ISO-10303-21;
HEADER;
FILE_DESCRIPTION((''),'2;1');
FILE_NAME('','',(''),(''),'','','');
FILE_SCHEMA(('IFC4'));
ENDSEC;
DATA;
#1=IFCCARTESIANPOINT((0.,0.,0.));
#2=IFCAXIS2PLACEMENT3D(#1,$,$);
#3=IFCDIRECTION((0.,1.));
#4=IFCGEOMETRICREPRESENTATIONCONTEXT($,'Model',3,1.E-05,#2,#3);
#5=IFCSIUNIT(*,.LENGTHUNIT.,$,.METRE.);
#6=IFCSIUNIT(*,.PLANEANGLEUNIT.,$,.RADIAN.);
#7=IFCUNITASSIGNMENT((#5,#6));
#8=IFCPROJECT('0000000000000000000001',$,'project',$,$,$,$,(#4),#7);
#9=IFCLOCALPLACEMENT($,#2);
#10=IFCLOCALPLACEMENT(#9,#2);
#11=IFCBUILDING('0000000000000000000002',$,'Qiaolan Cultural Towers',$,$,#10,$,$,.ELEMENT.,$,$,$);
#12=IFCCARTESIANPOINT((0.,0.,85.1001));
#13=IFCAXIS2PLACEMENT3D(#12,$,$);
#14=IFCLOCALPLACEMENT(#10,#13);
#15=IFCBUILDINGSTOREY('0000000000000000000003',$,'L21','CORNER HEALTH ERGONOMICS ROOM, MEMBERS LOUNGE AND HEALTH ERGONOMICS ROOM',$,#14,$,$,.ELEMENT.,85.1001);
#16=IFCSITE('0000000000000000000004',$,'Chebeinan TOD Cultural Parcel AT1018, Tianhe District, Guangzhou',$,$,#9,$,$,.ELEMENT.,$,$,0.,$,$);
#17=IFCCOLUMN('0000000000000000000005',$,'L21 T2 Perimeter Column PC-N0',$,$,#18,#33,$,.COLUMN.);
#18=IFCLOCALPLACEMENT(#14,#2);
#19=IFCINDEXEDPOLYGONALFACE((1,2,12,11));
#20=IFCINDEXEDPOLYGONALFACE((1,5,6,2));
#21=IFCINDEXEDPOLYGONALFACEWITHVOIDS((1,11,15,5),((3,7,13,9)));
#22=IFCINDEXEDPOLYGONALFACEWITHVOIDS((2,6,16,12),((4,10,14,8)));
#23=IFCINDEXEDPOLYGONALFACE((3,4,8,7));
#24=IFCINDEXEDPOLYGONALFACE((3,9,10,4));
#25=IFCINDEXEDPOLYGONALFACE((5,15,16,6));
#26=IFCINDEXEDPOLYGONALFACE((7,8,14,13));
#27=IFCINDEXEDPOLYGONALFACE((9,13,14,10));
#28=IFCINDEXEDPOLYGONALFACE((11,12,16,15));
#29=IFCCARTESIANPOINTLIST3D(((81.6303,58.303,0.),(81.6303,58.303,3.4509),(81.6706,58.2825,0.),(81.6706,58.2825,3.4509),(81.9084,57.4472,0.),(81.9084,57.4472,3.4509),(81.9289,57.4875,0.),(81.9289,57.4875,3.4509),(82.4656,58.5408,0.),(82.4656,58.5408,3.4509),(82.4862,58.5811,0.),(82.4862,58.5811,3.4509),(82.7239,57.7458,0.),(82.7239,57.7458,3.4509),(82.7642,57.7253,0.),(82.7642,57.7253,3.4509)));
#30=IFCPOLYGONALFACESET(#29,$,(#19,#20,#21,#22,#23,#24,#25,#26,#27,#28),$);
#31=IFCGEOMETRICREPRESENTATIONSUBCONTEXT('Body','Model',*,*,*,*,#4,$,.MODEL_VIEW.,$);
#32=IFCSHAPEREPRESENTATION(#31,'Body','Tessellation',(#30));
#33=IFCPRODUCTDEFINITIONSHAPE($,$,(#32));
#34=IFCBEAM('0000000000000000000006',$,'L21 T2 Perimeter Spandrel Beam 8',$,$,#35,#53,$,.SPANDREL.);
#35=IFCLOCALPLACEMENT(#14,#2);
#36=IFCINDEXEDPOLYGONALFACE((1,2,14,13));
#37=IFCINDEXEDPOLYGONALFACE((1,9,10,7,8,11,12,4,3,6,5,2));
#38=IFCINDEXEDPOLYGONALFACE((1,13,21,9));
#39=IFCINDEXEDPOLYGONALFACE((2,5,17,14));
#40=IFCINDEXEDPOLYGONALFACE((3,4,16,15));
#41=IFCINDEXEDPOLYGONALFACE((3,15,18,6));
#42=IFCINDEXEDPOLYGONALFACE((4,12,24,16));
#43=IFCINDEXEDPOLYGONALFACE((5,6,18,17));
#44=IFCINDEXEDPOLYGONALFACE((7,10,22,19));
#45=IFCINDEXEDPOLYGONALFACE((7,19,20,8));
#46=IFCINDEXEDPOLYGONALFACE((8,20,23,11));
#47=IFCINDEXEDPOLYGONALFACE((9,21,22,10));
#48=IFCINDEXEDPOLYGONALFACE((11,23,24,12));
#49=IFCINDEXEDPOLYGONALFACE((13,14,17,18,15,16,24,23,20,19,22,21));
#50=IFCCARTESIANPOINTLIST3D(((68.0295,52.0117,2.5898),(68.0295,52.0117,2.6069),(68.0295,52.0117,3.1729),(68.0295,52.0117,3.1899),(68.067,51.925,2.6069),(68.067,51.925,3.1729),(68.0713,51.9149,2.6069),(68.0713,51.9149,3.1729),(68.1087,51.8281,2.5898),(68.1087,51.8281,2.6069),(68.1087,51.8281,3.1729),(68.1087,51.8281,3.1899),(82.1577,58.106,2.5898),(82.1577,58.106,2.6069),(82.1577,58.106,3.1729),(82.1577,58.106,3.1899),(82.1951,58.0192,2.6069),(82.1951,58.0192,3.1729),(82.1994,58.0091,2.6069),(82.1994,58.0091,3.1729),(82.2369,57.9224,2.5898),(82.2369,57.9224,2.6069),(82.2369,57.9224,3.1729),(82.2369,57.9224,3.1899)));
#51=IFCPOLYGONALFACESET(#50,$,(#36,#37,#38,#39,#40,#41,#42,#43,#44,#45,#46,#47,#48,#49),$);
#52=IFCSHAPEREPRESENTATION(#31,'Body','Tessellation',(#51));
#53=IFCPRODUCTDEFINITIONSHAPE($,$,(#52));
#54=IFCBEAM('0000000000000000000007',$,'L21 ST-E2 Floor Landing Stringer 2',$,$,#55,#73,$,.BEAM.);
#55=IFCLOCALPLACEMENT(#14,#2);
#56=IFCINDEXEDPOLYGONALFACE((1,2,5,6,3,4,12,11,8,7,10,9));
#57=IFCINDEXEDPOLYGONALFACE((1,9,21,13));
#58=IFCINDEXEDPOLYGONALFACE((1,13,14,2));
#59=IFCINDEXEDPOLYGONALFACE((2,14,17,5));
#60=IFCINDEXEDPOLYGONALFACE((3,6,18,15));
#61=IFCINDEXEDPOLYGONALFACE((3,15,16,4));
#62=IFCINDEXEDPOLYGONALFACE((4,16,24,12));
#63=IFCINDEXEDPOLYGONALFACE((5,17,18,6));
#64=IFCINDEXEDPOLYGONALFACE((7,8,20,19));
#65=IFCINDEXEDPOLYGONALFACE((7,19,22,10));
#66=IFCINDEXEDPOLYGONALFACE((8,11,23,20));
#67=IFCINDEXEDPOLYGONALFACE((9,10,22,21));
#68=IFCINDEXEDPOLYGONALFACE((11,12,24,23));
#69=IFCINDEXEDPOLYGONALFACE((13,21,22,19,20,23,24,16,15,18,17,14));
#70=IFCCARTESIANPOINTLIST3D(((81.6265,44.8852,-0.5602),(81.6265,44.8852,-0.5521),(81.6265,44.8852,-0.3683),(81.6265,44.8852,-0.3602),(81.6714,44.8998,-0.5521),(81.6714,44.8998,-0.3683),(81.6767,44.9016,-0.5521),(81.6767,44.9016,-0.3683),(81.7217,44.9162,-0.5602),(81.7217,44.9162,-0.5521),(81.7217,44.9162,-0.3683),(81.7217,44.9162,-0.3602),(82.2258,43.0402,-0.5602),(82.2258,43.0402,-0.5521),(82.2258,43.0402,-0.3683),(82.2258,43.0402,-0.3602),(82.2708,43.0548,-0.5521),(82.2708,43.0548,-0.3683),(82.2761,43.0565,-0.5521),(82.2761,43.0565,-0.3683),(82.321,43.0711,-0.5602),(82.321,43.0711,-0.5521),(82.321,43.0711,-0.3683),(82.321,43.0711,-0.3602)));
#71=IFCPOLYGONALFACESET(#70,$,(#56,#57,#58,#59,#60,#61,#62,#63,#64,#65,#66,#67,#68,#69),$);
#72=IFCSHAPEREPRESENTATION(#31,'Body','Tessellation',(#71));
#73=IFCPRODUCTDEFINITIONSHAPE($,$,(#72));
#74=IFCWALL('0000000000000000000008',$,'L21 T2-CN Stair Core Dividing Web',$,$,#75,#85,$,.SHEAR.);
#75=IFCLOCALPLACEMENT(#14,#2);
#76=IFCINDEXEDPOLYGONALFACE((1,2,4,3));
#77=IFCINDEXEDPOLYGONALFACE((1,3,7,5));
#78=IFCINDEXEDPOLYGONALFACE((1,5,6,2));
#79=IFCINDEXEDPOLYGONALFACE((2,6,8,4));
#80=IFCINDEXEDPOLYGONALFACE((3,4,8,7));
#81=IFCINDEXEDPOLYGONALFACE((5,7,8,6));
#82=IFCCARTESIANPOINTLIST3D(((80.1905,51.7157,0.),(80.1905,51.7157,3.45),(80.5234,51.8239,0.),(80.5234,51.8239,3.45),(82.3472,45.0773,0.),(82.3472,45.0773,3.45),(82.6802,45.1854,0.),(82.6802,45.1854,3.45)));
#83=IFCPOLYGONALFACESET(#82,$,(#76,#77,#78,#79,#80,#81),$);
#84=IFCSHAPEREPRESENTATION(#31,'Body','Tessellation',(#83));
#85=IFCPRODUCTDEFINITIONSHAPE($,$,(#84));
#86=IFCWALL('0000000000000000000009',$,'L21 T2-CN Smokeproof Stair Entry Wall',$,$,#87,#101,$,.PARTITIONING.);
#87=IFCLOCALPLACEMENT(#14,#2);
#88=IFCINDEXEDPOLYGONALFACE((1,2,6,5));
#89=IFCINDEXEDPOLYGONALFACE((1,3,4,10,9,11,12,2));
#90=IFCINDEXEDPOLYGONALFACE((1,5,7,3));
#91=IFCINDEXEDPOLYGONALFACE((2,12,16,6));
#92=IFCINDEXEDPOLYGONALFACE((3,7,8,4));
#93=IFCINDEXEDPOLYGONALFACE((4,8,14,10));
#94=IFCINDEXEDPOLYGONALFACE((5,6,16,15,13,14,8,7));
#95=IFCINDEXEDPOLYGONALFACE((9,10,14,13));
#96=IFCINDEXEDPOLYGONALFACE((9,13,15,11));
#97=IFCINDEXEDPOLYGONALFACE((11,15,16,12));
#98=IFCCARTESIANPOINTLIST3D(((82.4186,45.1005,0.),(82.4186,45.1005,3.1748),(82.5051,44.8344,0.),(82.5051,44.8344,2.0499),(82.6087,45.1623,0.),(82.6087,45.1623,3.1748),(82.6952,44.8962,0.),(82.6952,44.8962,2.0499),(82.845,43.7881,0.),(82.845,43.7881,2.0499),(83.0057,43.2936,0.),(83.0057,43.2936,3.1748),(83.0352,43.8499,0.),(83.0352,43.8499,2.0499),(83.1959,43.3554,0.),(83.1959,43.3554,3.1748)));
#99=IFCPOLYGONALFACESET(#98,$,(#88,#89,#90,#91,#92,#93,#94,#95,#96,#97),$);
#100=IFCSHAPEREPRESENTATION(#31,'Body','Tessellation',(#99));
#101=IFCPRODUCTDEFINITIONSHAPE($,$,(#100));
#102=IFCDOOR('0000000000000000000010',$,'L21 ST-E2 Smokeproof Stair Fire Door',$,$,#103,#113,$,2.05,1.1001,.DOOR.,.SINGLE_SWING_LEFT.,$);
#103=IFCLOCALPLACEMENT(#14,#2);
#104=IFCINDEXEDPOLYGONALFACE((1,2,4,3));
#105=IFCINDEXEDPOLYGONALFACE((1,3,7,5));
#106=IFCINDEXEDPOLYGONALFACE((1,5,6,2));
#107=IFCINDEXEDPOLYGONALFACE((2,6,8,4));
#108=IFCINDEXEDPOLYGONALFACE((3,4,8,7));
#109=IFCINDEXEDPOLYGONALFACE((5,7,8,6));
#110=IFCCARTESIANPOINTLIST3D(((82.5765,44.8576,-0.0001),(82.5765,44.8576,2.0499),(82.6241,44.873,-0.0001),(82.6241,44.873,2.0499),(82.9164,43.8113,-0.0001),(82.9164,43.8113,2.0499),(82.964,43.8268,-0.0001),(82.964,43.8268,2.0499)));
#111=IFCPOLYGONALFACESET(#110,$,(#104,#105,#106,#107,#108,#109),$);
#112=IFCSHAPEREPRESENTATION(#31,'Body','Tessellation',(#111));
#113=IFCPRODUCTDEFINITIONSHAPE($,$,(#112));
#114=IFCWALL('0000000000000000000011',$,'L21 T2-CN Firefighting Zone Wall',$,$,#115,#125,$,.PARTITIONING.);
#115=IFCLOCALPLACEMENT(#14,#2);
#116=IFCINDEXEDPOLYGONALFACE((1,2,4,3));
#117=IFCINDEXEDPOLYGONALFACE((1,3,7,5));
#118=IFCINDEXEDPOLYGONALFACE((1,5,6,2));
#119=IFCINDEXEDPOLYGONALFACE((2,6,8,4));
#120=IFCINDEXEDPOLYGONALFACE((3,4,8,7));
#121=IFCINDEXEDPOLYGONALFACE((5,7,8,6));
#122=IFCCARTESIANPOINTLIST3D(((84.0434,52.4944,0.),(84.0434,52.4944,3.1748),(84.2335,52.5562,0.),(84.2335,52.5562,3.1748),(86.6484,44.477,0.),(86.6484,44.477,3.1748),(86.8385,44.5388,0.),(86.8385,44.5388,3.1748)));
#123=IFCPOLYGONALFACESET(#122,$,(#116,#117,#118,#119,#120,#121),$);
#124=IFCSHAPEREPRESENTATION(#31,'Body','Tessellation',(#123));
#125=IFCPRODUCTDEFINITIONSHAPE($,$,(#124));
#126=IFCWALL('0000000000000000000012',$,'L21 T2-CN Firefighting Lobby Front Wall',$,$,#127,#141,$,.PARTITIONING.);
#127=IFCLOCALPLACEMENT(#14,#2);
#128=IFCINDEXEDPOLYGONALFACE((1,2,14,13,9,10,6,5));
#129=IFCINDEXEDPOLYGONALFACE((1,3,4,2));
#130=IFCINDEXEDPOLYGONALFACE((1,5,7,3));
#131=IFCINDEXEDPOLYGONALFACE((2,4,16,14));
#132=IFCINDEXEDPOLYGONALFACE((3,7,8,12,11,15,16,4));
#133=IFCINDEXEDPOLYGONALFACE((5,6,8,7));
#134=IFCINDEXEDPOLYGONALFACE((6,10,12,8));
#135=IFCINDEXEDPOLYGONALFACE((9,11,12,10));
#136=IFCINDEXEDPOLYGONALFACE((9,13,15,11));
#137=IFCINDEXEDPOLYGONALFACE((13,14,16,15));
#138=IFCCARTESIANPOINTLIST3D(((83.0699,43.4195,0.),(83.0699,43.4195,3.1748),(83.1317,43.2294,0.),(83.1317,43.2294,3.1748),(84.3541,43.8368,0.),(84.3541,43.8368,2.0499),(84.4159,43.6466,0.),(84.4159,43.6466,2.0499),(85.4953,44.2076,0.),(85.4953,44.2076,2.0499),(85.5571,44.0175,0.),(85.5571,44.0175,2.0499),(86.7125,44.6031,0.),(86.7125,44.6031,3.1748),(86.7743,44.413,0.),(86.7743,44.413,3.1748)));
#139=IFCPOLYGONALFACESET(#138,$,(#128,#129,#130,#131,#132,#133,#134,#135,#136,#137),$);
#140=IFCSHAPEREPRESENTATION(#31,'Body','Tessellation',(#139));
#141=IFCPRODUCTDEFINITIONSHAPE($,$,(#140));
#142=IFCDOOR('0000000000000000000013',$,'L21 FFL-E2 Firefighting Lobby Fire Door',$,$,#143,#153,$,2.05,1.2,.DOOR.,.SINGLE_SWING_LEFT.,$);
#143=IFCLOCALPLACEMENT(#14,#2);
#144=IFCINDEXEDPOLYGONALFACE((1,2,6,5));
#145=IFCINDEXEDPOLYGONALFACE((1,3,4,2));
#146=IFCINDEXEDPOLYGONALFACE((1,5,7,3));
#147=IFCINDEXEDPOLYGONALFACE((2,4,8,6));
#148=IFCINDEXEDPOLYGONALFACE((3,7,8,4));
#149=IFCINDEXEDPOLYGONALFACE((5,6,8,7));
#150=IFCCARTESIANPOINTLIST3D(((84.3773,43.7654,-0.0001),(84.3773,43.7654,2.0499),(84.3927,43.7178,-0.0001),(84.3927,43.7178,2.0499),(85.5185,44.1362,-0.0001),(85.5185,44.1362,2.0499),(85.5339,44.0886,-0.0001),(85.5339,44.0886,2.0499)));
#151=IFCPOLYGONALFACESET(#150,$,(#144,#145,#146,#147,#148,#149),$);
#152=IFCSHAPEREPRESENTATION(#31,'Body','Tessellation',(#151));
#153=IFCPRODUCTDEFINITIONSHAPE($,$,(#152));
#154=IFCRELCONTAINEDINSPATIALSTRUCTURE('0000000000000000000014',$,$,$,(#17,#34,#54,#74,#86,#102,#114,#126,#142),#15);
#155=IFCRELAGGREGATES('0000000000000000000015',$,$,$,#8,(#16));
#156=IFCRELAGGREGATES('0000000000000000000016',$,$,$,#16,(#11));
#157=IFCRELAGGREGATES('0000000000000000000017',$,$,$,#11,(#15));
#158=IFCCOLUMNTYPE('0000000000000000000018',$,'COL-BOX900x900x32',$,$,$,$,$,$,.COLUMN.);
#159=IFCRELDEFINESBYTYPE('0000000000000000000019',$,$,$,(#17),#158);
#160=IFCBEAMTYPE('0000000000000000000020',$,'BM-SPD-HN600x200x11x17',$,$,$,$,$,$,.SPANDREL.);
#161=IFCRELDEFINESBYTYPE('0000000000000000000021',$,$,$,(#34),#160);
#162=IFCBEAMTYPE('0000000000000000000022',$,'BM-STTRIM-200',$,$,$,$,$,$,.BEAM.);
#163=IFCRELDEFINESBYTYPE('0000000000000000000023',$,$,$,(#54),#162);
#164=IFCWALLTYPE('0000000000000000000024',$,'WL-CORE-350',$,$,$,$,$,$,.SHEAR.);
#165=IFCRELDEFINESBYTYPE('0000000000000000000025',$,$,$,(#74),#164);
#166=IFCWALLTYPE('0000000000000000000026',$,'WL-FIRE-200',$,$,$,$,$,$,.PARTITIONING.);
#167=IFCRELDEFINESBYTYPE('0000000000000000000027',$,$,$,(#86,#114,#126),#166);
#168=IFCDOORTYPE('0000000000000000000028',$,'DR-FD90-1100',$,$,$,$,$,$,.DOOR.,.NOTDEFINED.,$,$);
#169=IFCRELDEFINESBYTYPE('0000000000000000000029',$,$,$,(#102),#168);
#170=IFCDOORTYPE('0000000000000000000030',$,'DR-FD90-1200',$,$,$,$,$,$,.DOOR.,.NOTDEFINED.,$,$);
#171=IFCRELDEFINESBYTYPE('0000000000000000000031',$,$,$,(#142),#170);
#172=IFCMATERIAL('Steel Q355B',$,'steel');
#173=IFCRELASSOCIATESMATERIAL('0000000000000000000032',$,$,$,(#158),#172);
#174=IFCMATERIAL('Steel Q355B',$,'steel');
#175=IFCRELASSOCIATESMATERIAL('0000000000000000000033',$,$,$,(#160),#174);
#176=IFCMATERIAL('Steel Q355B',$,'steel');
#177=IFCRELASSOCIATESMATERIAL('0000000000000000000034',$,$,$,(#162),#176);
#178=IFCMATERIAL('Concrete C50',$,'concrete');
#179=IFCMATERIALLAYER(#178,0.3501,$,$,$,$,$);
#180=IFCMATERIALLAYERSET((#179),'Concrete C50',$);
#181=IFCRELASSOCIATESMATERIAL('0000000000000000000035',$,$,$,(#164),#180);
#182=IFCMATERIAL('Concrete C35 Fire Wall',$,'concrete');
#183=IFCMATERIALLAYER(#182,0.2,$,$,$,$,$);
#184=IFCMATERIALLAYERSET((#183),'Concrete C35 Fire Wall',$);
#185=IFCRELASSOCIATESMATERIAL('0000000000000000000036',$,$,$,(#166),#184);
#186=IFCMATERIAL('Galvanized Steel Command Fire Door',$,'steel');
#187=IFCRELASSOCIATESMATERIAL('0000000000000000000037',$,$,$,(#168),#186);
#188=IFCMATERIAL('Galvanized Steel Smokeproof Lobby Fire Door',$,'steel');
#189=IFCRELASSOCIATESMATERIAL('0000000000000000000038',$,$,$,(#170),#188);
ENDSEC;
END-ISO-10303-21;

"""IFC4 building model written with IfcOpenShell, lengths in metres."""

from ifc_helpers import new_model, si_unit, direction, frame, frame_2d, origin, origin_2d, place, context, subcontext, project, spatial, rectangle, hollow_rectangle, i_section, extrude, material, layer, layer_set, material_profile, profile_set, type_object, element, fill, save


model = new_model("IFC4")

# Units and contexts
model_context = context("Model", 3, precision=1e-05, world=origin(), true_north=direction((0.0, 1.0)))
body_context = subcontext(model_context, "Body", "Model", "MODEL_VIEW")
ifc_project = project(units=[si_unit("LENGTHUNIT", "METRE"), si_unit("PLANEANGLEUNIT", "RADIAN")], contexts=[model_context])

# Site, building, storey
site_placement = place(None, origin())
site = spatial("IfcSite", under=ifc_project, at=site_placement, Name="Chebeinan TOD Cultural Parcel AT1018, Tianhe District, Guangzhou", CompositionType="ELEMENT", RefElevation=0.0)
building_placement = place(site_placement, origin())
building = spatial("IfcBuilding", under=site, at=building_placement, Name="Qiaolan Cultural Towers", CompositionType="ELEMENT")
storey_placement = place(building_placement, frame((0.0, 0.0, 85.1001)))
storey = spatial("IfcBuildingStorey", under=building, at=storey_placement, Name="L21", Description="CORNER HEALTH ERGONOMICS ROOM, MEMBERS LOUNGE AND HEALTH ERGONOMICS ROOM", CompositionType="ELEMENT", Elevation=85.1001)

# Column
ifc_material_1 = material(Name="Steel Q355B", Category="steel")
ifc_material_profile_1 = material_profile(ifc_material_1, hollow_rectangle(XDim=0.8999, YDim=0.8999, WallThickness=0.032, at=origin_2d()), Name="BOX900x900x32")
ifc_profile_set_1 = profile_set([ifc_material_profile_1], Name="Steel Q355B")
column_type = type_object("IfcColumnType", Name="COL-BOX900x900x32", PredefinedType="COLUMN", material=ifc_profile_set_1)
column_placement = place(storey_placement, frame((82.1973, 58.0142, 0.0), z_axis=(0.0, 0.0, 1.0), x_axis=(0.951057, 0.309017, 0.0)))
element("IfcColumn", 1, at=column_placement, inside=storey, type_object=column_type, Name="L21 T2 Perimeter Column PC-N0", PredefinedType="COLUMN", context=body_context, shape_type="SweptSolid", body=[
    extrude(hollow_rectangle(XDim=0.8999, YDim=0.8999, WallThickness=0.032, at=origin_2d()), origin(), (0.0, 0.0, 1.0), 3.4509),
])

# Beams
ifc_material_2 = material(Name="Steel Q355B", Category="steel")
ifc_material_profile_2 = material_profile(ifc_material_2, i_section(OverallWidth=0.2, OverallDepth=0.6001, WebThickness=0.011, FlangeThickness=0.0171, at=origin_2d()), Name="HN600x200x11x17")
ifc_profile_set_2 = profile_set([ifc_material_profile_2], Name="Steel Q355B")
beam_type_1 = type_object("IfcBeamType", Name="BM-SPD-HN600x200x11x17", PredefinedType="SPANDREL", material=ifc_profile_set_2)
beam_1_placement = place(storey_placement, frame((82.1973, 58.0142, 2.8899), z_axis=(-0.918218, -0.396076, 0.0), x_axis=(0.396076, -0.918218, 0.0)))
element("IfcBeam", 2, at=beam_1_placement, inside=storey, type_object=beam_type_1, Name="L21 T2 Perimeter Spandrel Beam 8", PredefinedType="SPANDREL", context=body_context, shape_type="SweptSolid", body=[
    extrude(i_section(OverallWidth=0.2, OverallDepth=0.6001, WebThickness=0.011, FlangeThickness=0.0171, at=origin_2d()), origin(), (0.0, 0.0, 1.0), 15.3865),
])
ifc_material_3 = material(Name="Steel Q355B", Category="steel")
ifc_material_profile_3 = material_profile(ifc_material_3, i_section(OverallWidth=0.1001, OverallDepth=0.2, WebThickness=0.0056, FlangeThickness=0.0081, at=origin_2d()), Name="HN200x100x5.5x8")
ifc_profile_set_3 = profile_set([ifc_material_profile_3], Name="Steel Q355B")
beam_type_2 = type_object("IfcBeamType", Name="BM-STTRIM-200", PredefinedType="BEAM", material=ifc_profile_set_3)
beam_2_placement = place(storey_placement, frame((82.2734, 43.0557, -0.4602), z_axis=(-0.308969, 0.951072, 0.0), x_axis=(-0.951072, -0.308969, 0.0)))
element("IfcBeam", 3, at=beam_2_placement, inside=storey, type_object=beam_type_2, Name="L21 ST-E2 Floor Landing Stringer 2", PredefinedType="BEAM", context=body_context, shape_type="SweptSolid", body=[
    extrude(i_section(OverallWidth=0.1001, OverallDepth=0.2, WebThickness=0.0056, FlangeThickness=0.0081, at=origin_2d()), origin(), (0.0, 0.0, 1.0), 1.9399),
])

# Wall
ifc_material_4 = material(Name="Concrete C50", Category="concrete")
ifc_layer_1 = layer(ifc_material_4, 0.3501)
ifc_layer_set_1 = layer_set([ifc_layer_1], Name="Concrete C50")
wall_type_1 = type_object("IfcWallType", Name="WL-CORE-350", PredefinedType="SHEAR", material=ifc_layer_set_1)
wall_1_placement = place(storey_placement, frame((82.5137, 45.1313, 0.0), z_axis=(0.0, 0.0, 1.0), x_axis=(-0.308989, 0.951066, 0.0)))
element("IfcWall", 4, at=wall_1_placement, inside=storey, type_object=wall_type_1, Name="L21 T2-CN Stair Core Dividing Web", PredefinedType="SHEAR", context=body_context, shape_type="SweptSolid", body=[
    extrude(rectangle(XDim=6.98, YDim=0.3501, at=frame_2d((3.49, 0.0))), origin(), (0.0, 0.0, 1.0), 3.45),
])

# Wall, opening, door
ifc_material_5 = material(Name="Concrete C35 Fire Wall", Category="concrete")
ifc_layer_2 = layer(ifc_material_5, 0.2)
ifc_layer_set_2 = layer_set([ifc_layer_2], Name="Concrete C35 Fire Wall")
wall_type_2 = type_object("IfcWallType", Name="WL-FIRE-200", PredefinedType="PARTITIONING", material=ifc_layer_set_2)
wall_2_placement = place(storey_placement, frame((83.1008, 43.3245, 0.0), z_axis=(0.0, 0.0, 1.0), x_axis=(-0.309048, 0.951046, 0.0)))
wall_2 = element("IfcWall", 5, at=wall_2_placement, inside=storey, type_object=wall_type_2, Name="L21 T2-CN Smokeproof Stair Entry Wall", PredefinedType="PARTITIONING", context=body_context, shape_type="SweptSolid", body=[
    extrude(rectangle(XDim=1.8999, YDim=0.2, at=frame_2d((0.95, 0.0))), origin(), (0.0, 0.0, 1.0), 3.1748),
])
opening_1_placement = place(wall_2_placement, frame((0.52, 0.0, 0.0)))
opening_1 = element("IfcOpeningElement", 6, at=opening_1_placement, cuts=wall_2, PredefinedType="OPENING", context=body_context, shape_type="SweptSolid", body=[
    extrude(rectangle(XDim=1.1001, YDim=2.05, at=frame_2d((0.55, 1.0249))), frame((0.0, 0.1099, 0.0), z_axis=(0.0, -1.0, 0.0), x_axis=(1.0, 0.0, 0.0)), (0.0, 0.0, 1.0), 0.22),
])
ifc_material_6 = material(Name="Galvanized Steel Command Fire Door", Category="steel")
door_type_1 = type_object("IfcDoorType", Name="DR-FD90-1100", OperationType="NOTDEFINED", PredefinedType="DOOR", material=ifc_material_6)
door_1_placement = place(opening_1_placement, origin())
door_1 = element("IfcDoor", 7, at=door_1_placement, inside=storey, type_object=door_type_1, Name="L21 ST-E2 Smokeproof Stair Fire Door", OperationType="SINGLE_SWING_LEFT", OverallHeight=2.05, OverallWidth=1.1001, PredefinedType="DOOR", context=body_context, shape_type="SweptSolid", body=[
    extrude(rectangle(XDim=1.1001, YDim=2.05, at=frame_2d((0.55, 1.0249))), frame((0.0, 0.0249, 0.0), z_axis=(0.0, -1.0, 0.0), x_axis=(1.0, 0.0, 0.0)), (0.0, 0.0, 1.0), 0.05),
])
fill(opening_1, door_1)

# Wall
wall_3_placement = place(storey_placement, frame((86.7434, 44.5081, 0.0), z_axis=(0.0, 0.0, 1.0), x_axis=(-0.309016, 0.951057, 0.0)))
element("IfcWall", 8, at=wall_3_placement, inside=storey, type_object=wall_type_2, Name="L21 T2-CN Firefighting Zone Wall", PredefinedType="PARTITIONING", context=body_context, shape_type="SweptSolid", body=[
    extrude(rectangle(XDim=8.4299, YDim=0.2, at=frame_2d((4.2148, 0.0))), origin(), (0.0, 0.0, 1.0), 3.1748),
])

# Wall, opening, door
wall_4_placement = place(storey_placement, frame((83.1008, 43.3245, 0.0), z_axis=(0.0, 0.0, 1.0), x_axis=(0.951053, 0.309028, 0.0)))
wall_4 = element("IfcWall", 9, at=wall_4_placement, inside=storey, type_object=wall_type_2, Name="L21 T2-CN Firefighting Lobby Front Wall", PredefinedType="PARTITIONING", context=body_context, shape_type="SweptSolid", body=[
    extrude(rectangle(XDim=3.8301, YDim=0.2, at=frame_2d((1.915, 0.0))), origin(), (0.0, 0.0, 1.0), 3.1748),
])
opening_2_placement = place(wall_4_placement, frame((1.3501, 0.0, 0.0)))
opening_2 = element("IfcOpeningElement", 10, at=opening_2_placement, cuts=wall_4, PredefinedType="OPENING", context=body_context, shape_type="SweptSolid", body=[
    extrude(rectangle(XDim=1.2, YDim=2.05, at=frame_2d((0.6001, 1.0249))), frame((0.0, 0.1099, 0.0), z_axis=(0.0, -1.0, 0.0), x_axis=(1.0, 0.0, 0.0)), (0.0, 0.0, 1.0), 0.22),
])
ifc_material_7 = material(Name="Galvanized Steel Smokeproof Lobby Fire Door", Category="steel")
door_type_2 = type_object("IfcDoorType", Name="DR-FD90-1200", OperationType="NOTDEFINED", PredefinedType="DOOR", material=ifc_material_7)
door_2_placement = place(opening_2_placement, origin())
door_2 = element("IfcDoor", 11, at=door_2_placement, inside=storey, type_object=door_type_2, Name="L21 FFL-E2 Firefighting Lobby Fire Door", OperationType="SINGLE_SWING_LEFT", OverallHeight=2.05, OverallWidth=1.2, PredefinedType="DOOR", context=body_context, shape_type="SweptSolid", body=[
    extrude(rectangle(XDim=1.2, YDim=2.05, at=frame_2d((0.6001, 1.0249))), frame((0.0, 0.0249, 0.0), z_axis=(0.0, -1.0, 0.0), x_axis=(1.0, 0.0, 0.0)), (0.0, 0.0, 1.0), 0.05),
])
fill(opening_2, door_2)

save(model, "model.ifc")
